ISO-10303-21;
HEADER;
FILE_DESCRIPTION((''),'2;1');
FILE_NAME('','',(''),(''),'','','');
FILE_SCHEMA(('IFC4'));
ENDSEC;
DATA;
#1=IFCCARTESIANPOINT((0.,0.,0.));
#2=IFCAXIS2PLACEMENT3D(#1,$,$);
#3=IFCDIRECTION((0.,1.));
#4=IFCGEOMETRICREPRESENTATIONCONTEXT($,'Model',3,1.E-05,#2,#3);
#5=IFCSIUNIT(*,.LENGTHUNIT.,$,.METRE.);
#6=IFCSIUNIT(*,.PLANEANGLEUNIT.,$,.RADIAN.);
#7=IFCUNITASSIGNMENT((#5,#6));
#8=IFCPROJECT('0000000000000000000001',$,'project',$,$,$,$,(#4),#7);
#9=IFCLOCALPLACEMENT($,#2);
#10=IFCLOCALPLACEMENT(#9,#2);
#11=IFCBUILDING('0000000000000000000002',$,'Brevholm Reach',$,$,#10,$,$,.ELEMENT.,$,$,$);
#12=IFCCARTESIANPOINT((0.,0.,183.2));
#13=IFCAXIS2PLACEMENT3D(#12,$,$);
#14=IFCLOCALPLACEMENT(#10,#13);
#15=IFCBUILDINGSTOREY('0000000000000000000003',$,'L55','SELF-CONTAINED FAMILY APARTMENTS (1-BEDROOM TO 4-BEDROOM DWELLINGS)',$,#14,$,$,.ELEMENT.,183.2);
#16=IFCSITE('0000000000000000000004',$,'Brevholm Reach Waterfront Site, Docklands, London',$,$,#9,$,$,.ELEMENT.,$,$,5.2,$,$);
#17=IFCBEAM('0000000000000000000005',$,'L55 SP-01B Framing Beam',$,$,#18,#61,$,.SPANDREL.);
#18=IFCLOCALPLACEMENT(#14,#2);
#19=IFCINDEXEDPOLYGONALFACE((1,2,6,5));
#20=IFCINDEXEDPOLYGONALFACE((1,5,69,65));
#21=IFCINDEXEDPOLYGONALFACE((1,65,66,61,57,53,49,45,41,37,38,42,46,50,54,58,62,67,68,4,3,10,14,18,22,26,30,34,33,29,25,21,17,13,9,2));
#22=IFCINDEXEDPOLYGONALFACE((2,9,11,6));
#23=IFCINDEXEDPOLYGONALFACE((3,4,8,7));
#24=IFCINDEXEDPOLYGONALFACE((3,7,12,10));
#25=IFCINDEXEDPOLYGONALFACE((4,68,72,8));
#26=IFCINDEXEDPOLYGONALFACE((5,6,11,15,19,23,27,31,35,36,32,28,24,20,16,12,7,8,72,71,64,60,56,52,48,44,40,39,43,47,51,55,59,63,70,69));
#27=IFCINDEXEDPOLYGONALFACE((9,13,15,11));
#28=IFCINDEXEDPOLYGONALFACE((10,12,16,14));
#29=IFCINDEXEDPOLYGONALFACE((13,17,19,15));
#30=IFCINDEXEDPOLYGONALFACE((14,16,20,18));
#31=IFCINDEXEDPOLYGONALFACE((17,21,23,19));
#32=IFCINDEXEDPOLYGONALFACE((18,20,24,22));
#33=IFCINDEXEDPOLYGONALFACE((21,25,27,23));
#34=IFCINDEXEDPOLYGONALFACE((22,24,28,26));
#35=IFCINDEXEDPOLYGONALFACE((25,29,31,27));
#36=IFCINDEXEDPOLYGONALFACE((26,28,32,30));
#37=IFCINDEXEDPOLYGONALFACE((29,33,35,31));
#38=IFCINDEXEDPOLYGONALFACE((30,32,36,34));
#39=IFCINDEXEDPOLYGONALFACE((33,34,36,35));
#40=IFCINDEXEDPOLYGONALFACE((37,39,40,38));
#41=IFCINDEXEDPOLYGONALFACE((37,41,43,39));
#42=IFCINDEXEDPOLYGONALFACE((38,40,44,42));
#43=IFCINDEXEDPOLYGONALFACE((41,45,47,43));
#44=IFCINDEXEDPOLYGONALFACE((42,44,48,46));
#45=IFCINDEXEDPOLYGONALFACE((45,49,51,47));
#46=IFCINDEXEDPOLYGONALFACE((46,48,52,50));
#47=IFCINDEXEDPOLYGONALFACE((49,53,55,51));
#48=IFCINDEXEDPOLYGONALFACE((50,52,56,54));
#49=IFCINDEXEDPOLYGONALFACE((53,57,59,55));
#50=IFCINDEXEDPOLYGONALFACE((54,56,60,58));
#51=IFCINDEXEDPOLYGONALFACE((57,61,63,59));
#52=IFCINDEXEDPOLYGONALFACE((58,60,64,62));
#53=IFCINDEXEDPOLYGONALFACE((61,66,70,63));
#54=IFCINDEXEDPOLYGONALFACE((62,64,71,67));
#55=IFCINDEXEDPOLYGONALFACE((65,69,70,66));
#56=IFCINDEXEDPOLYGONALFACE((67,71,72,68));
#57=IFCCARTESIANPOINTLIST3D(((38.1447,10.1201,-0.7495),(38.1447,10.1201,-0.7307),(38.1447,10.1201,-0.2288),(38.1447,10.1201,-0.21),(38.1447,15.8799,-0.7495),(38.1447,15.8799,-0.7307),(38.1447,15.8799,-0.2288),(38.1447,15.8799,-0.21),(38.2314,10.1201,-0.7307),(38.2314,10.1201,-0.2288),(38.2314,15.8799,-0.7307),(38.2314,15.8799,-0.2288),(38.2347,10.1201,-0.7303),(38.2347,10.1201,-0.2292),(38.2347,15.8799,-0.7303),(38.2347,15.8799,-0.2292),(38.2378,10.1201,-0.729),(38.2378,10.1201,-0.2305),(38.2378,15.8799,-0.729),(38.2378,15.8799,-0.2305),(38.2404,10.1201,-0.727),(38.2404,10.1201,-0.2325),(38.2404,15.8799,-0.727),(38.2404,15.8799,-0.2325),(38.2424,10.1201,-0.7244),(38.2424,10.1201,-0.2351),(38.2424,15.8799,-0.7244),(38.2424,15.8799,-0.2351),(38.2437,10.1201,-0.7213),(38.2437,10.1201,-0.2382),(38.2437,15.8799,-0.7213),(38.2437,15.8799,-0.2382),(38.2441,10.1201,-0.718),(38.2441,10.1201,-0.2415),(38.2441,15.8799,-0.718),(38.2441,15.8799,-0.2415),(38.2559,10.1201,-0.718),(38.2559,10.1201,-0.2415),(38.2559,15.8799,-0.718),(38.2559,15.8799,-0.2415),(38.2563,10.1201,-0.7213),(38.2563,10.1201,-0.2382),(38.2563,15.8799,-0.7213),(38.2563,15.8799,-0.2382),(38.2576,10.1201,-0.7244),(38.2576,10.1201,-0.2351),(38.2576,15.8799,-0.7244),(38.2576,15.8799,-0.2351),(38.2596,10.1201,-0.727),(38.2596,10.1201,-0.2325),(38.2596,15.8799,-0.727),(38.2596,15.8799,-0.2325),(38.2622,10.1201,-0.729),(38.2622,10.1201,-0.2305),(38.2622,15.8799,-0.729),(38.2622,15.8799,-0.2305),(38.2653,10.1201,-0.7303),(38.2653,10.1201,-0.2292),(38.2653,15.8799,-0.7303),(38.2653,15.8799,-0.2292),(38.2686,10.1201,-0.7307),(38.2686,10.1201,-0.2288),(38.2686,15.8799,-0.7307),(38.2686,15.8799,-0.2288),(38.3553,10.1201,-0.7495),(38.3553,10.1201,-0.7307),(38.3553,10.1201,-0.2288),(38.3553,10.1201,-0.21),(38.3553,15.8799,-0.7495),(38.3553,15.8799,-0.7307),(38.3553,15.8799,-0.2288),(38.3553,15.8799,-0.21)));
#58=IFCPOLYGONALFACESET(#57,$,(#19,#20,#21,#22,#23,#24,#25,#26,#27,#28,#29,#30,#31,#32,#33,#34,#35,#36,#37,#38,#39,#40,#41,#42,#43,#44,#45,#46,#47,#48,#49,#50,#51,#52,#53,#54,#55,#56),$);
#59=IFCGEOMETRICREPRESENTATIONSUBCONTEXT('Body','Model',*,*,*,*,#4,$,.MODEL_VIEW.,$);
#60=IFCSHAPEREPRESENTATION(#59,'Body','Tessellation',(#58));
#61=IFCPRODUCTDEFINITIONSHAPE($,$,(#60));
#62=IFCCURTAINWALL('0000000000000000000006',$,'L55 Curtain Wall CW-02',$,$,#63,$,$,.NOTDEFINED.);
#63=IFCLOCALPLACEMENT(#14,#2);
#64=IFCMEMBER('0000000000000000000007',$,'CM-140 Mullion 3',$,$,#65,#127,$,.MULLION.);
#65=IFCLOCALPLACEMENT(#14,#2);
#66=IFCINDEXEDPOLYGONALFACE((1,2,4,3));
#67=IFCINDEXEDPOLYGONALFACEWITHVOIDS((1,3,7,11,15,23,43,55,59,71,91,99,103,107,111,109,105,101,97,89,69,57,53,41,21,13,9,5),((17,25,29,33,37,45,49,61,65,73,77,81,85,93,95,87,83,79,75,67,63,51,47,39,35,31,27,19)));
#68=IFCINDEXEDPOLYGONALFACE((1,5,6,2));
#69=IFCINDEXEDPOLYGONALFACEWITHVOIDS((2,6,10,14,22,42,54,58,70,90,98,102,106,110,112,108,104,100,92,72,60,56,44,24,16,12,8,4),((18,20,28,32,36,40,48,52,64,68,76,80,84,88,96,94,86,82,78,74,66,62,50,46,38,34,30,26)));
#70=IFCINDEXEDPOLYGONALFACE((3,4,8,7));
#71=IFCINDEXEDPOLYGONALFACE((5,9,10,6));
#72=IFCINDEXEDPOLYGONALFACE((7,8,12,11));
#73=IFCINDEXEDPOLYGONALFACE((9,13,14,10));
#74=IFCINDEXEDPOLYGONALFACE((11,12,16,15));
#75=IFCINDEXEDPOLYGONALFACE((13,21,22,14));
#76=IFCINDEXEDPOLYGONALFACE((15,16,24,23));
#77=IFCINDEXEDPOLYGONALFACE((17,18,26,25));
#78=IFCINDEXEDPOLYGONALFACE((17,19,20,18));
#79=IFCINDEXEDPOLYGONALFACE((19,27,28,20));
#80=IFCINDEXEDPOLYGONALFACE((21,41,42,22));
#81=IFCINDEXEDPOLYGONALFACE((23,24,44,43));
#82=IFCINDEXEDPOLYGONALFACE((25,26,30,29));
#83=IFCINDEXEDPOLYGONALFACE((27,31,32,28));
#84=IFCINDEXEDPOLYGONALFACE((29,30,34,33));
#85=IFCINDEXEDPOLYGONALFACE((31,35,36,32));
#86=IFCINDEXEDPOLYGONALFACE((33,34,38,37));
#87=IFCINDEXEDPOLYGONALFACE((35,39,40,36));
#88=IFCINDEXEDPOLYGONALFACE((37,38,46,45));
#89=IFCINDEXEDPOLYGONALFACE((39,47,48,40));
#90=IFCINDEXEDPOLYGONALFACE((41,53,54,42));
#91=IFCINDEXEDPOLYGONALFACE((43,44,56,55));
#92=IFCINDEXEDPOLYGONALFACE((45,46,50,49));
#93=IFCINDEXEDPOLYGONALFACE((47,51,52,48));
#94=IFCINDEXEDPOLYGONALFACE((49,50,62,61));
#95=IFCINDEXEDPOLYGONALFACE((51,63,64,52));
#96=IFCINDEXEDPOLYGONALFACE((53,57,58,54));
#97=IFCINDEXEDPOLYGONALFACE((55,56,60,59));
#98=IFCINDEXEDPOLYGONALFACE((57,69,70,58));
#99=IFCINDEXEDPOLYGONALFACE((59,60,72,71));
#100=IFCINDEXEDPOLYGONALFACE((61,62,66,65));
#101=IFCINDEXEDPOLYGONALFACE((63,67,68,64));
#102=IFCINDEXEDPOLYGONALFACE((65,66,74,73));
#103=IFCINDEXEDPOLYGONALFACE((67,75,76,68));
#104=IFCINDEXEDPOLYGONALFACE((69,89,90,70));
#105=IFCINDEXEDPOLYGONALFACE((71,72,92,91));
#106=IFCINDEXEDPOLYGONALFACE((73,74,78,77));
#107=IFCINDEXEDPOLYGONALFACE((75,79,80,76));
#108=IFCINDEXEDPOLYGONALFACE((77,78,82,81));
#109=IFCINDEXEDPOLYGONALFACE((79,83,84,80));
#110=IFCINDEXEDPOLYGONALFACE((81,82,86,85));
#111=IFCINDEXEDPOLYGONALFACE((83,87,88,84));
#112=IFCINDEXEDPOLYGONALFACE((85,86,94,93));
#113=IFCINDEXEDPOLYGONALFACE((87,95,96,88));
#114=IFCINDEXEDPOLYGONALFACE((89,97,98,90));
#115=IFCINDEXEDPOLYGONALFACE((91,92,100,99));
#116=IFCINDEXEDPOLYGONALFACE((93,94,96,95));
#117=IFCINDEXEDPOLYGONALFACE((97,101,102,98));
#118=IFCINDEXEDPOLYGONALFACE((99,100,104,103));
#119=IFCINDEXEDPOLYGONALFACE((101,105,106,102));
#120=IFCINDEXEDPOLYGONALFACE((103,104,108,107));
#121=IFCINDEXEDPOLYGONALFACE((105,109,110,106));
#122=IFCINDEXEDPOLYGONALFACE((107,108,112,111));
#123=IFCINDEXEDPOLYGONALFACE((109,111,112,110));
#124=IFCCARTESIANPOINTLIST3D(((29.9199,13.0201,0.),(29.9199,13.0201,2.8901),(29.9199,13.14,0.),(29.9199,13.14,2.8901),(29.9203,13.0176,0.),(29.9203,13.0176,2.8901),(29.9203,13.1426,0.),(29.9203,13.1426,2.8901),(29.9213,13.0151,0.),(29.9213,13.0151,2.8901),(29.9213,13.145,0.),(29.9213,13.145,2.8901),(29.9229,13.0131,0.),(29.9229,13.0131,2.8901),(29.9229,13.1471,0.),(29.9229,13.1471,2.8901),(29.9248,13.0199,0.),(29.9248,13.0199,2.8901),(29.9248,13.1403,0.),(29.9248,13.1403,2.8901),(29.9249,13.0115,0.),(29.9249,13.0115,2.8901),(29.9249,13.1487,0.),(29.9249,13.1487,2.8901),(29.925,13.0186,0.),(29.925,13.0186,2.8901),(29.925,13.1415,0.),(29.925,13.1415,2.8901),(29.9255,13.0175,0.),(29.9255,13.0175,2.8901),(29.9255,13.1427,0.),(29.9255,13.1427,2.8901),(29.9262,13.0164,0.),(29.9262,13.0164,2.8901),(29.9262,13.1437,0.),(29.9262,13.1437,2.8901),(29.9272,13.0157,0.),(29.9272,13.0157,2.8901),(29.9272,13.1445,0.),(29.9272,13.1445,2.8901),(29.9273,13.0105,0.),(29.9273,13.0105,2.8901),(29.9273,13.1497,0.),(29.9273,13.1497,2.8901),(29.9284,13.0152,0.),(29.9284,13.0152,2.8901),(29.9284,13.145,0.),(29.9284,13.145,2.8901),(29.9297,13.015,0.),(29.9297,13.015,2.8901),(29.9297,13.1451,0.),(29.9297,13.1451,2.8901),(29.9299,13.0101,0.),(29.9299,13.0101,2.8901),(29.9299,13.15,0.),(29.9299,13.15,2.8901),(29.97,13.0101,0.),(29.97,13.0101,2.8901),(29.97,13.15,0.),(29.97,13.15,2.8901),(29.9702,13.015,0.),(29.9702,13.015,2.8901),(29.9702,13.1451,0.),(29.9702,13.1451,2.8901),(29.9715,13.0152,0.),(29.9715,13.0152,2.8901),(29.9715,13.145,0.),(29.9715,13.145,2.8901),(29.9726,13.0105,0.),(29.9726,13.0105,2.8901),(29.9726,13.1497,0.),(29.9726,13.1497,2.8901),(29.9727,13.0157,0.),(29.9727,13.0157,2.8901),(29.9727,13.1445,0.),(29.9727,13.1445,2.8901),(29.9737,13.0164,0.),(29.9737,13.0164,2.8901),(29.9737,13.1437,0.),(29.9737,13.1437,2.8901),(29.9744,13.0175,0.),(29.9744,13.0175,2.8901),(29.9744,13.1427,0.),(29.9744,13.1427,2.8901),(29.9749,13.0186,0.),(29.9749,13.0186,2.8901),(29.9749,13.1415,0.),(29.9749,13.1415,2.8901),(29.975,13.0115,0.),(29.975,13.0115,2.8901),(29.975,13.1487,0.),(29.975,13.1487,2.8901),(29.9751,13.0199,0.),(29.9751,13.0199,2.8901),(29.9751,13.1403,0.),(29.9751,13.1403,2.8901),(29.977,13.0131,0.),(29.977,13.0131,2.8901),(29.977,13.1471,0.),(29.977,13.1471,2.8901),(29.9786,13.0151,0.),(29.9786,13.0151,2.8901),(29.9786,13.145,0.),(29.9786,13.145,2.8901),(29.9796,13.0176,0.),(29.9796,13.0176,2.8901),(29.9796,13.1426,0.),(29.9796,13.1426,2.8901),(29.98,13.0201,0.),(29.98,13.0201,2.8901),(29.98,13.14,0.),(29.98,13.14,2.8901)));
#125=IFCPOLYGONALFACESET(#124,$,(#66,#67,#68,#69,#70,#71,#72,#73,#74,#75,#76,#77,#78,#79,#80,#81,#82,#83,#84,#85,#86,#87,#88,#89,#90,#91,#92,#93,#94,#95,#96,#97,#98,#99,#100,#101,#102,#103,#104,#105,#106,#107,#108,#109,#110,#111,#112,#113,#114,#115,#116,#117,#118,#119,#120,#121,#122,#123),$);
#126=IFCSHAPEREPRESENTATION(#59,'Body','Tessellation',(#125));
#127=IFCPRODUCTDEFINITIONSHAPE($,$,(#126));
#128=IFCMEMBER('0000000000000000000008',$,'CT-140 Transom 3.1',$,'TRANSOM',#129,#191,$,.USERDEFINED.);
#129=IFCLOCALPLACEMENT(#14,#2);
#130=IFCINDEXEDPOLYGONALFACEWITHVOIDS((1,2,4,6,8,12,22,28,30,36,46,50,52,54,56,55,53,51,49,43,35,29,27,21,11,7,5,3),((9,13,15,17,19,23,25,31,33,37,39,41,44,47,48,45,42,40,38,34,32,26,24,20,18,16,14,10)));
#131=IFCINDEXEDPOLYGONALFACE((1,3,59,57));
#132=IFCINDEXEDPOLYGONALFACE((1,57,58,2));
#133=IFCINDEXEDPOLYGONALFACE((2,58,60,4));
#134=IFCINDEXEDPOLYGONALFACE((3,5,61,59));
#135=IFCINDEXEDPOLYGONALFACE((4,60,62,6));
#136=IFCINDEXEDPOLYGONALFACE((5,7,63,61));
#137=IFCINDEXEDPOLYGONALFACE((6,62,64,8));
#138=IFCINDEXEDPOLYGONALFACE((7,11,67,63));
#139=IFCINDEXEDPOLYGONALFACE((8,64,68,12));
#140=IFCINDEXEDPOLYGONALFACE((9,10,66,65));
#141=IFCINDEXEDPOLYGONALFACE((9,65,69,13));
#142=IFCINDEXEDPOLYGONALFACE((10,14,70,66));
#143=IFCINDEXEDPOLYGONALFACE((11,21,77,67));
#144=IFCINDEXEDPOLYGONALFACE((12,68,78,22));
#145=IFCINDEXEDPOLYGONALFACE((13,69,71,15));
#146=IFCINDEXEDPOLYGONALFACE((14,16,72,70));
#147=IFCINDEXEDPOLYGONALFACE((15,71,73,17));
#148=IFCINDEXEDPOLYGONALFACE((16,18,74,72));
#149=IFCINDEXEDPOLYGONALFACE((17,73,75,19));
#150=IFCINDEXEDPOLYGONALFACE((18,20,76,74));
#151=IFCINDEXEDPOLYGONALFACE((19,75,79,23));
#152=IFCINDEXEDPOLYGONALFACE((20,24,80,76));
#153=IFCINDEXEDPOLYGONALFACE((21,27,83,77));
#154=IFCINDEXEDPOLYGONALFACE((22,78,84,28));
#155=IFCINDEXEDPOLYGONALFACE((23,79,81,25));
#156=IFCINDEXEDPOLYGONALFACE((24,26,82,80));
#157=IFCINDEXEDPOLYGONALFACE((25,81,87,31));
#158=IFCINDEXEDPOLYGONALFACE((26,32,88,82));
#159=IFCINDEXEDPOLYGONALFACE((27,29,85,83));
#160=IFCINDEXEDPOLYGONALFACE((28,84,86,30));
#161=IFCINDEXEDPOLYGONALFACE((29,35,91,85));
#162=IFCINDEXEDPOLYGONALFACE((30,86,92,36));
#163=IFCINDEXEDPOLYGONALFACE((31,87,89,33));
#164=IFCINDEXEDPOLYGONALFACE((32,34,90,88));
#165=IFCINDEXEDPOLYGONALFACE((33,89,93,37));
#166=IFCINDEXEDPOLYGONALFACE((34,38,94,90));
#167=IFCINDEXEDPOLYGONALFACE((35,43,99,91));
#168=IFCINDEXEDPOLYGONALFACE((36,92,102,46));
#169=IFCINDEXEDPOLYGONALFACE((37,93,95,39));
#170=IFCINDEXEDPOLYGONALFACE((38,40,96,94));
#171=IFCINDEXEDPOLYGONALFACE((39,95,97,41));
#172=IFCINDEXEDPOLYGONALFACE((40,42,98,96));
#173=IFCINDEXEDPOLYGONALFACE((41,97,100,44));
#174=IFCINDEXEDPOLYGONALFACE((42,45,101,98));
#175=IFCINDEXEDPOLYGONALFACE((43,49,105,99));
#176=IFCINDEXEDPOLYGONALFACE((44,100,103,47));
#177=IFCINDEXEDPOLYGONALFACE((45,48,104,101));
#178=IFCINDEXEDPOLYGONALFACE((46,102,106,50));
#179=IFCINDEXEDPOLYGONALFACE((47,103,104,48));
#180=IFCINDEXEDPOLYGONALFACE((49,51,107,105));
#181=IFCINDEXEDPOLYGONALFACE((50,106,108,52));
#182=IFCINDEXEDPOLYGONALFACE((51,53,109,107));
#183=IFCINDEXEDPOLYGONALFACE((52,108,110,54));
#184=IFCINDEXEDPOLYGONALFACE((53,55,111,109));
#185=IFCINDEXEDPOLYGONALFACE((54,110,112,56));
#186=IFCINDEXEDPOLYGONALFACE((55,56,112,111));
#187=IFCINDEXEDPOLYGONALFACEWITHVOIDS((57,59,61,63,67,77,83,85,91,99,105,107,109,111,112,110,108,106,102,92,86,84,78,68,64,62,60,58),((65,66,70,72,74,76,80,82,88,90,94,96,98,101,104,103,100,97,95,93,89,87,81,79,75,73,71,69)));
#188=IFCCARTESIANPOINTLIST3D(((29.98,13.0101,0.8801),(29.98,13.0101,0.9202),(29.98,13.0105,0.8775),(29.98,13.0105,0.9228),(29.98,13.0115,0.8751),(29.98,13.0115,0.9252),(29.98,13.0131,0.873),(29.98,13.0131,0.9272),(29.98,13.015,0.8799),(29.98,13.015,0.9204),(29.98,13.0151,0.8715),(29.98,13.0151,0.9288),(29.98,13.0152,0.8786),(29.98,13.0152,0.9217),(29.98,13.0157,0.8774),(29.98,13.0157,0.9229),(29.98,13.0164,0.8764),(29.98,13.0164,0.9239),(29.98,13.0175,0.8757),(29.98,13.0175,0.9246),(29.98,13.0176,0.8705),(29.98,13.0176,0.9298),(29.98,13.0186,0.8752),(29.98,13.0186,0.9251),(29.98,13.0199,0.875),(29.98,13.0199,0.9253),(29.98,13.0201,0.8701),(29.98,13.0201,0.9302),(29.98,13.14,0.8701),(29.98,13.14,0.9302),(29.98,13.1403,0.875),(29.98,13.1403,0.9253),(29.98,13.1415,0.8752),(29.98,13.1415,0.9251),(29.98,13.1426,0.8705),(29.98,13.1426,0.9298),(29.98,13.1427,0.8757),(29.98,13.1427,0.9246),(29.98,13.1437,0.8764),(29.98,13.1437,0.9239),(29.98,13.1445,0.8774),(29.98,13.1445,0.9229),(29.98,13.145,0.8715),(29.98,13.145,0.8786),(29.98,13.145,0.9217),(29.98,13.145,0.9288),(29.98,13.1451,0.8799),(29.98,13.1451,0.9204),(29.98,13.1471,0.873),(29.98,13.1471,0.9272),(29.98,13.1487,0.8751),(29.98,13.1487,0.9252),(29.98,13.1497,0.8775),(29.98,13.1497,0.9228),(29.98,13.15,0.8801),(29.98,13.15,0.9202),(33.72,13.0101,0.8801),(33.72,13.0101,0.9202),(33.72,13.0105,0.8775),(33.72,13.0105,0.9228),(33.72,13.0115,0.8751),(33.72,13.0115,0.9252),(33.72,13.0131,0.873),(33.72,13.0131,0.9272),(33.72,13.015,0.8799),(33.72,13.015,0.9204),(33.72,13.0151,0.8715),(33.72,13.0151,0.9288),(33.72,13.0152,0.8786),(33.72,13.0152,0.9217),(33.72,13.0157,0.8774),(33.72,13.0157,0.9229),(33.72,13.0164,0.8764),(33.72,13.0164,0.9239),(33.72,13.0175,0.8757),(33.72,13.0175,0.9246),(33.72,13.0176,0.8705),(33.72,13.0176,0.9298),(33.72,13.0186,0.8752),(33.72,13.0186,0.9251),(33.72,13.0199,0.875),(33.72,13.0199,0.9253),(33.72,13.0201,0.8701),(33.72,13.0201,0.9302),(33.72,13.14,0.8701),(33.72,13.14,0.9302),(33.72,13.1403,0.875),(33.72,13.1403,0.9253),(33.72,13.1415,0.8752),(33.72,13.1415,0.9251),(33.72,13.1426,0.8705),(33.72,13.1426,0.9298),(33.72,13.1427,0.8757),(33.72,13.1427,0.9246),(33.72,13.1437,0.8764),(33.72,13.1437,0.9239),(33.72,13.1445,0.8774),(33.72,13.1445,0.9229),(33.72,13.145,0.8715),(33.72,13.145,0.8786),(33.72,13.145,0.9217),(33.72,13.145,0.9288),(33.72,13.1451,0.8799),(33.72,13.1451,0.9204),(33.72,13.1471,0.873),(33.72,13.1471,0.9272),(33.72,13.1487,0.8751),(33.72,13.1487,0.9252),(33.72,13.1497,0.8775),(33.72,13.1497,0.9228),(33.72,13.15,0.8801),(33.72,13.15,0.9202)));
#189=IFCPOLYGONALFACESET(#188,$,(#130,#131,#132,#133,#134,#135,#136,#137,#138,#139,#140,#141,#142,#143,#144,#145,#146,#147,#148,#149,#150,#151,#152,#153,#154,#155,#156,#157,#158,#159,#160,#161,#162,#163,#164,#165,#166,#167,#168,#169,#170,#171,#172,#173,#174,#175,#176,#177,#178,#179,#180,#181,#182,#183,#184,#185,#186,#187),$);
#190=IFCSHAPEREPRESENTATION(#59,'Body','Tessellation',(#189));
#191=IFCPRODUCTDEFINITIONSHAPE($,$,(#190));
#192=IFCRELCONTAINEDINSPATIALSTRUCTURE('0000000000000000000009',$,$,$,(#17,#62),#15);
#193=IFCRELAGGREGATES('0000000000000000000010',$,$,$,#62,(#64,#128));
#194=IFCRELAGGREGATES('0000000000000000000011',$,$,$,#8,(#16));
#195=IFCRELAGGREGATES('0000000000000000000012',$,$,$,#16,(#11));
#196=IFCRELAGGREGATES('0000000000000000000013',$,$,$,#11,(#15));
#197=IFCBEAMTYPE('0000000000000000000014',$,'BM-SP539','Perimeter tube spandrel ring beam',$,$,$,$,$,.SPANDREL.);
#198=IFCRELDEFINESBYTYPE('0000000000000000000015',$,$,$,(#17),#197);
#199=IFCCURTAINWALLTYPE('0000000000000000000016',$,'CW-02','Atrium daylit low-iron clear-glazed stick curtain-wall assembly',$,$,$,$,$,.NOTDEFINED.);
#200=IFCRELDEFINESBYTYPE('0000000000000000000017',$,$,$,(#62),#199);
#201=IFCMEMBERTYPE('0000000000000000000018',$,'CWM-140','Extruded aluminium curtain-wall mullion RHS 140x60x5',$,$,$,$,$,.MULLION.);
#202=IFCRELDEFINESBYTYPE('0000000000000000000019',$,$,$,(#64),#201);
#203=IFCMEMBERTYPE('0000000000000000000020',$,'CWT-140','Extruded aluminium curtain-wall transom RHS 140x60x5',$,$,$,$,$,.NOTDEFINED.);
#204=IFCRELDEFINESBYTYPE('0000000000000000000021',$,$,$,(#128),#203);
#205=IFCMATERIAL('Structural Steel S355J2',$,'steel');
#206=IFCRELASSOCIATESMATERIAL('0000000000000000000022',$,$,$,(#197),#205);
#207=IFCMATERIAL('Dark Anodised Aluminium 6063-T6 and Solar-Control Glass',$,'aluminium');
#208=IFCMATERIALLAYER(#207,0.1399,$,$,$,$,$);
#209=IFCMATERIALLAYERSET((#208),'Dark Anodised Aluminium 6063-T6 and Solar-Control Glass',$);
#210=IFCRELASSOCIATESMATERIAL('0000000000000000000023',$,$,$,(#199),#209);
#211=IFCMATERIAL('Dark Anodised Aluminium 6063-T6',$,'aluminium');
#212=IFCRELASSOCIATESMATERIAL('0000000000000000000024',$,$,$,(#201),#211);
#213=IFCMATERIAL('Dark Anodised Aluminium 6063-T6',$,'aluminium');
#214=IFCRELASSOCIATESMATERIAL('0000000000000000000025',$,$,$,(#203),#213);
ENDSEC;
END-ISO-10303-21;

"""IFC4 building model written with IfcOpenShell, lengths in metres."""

from ifc_helpers import new_model, si_unit, direction, frame, origin, origin_2d, place, context, subcontext, project, spatial, hollow_rectangle, i_section, extrude, material, layer, layer_set, material_profile, profile_set, type_object, element, aggregate, save


model = new_model("IFC4")

# Units and contexts
model_context = context("Model", 3, precision=1e-05, world=origin(), true_north=direction((0.0, 1.0)))
body_context = subcontext(model_context, "Body", "Model", "MODEL_VIEW")
ifc_project = project(units=[si_unit("LENGTHUNIT", "METRE"), si_unit("PLANEANGLEUNIT", "RADIAN")], contexts=[model_context])

# Site, building, storey
site_placement = place(None, origin())
site = spatial("IfcSite", under=ifc_project, at=site_placement, Name="Brevholm Reach Waterfront Site, Docklands, London", CompositionType="ELEMENT", RefElevation=5.2)
building_placement = place(site_placement, origin())
building = spatial("IfcBuilding", under=site, at=building_placement, Name="Brevholm Reach", CompositionType="ELEMENT")
storey_placement = place(building_placement, frame((0.0, 0.0, 183.2)))
storey = spatial("IfcBuildingStorey", under=building, at=storey_placement, Name="L55", Description="SELF-CONTAINED FAMILY APARTMENTS (1-BEDROOM TO 4-BEDROOM DWELLINGS)", CompositionType="ELEMENT", Elevation=183.2)

# Beam
ifc_material_1 = material(Name="Structural Steel S355J2", Category="steel")
ifc_material_profile_1 = material_profile(ifc_material_1, i_section(OverallWidth=0.2107, OverallDepth=0.5396, WebThickness=0.0117, FlangeThickness=0.0188, FilletRadius=0.0127, at=origin_2d()), Name="UKB 533x210x109")
ifc_profile_set_1 = profile_set([ifc_material_profile_1], Name="Structural Steel S355J2")
beam_type = type_object("IfcBeamType", Name="BM-SP539", Description="Perimeter tube spandrel ring beam", PredefinedType="SPANDREL", material=ifc_profile_set_1)
beam_1_placement = place(storey_placement, frame((38.25, 10.1201, -0.4797), z_axis=(0.0, 1.0, 0.0), x_axis=(-1.0, 0.0, 0.0)))
element("IfcBeam", 1, at=beam_1_placement, inside=storey, type_object=beam_type, Name="L55 SP-01B Framing Beam", PredefinedType="SPANDREL", context=body_context, shape_type="SweptSolid", body=[
    extrude(i_section(OverallWidth=0.2107, OverallDepth=0.5396, WebThickness=0.0117, FlangeThickness=0.0188, FilletRadius=0.0127, at=origin_2d()), origin(), (0.0, 0.0, 1.0), 5.7598),
])

# Curtain wall, members
ifc_material_2 = material(Name="Dark Anodised Aluminium 6063-T6 and Solar-Control Glass", Category="aluminium")
ifc_layer_1 = layer(ifc_material_2, 0.1399)
ifc_layer_set_1 = layer_set([ifc_layer_1], Name="Dark Anodised Aluminium 6063-T6 and Solar-Control Glass")
curtain_wall_type = type_object("IfcCurtainWallType", Name="CW-02", Description="Atrium daylit low-iron clear-glazed stick curtain-wall assembly", PredefinedType="NOTDEFINED", material=ifc_layer_set_1)
curtain_wall_placement = place(storey_placement, origin())
curtain_wall = element("IfcCurtainWall", 2, at=curtain_wall_placement, inside=storey, type_object=curtain_wall_type, Name="L55 Curtain Wall CW-02", PredefinedType="NOTDEFINED")
ifc_material_3 = material(Name="Dark Anodised Aluminium 6063-T6", Category="aluminium")
ifc_material_profile_2 = material_profile(ifc_material_3, hollow_rectangle(XDim=0.0601, YDim=0.1399, WallThickness=0.0049, InnerFilletRadius=0.0049, OuterFilletRadius=0.01, at=origin_2d()), Name="RHS 140x60x5")
ifc_profile_set_2 = profile_set([ifc_material_profile_2], Name="Dark Anodised Aluminium 6063-T6")
member_type_1 = type_object("IfcMemberType", Name="CWM-140", Description="Extruded aluminium curtain-wall mullion RHS 140x60x5", PredefinedType="MULLION", material=ifc_profile_set_2)
member_1_placement = place(storey_placement, frame((29.95, 13.0801, 0.0), z_axis=(0.0, 0.0, 1.0), x_axis=(1.0, 0.0, 0.0)))
member_1 = element("IfcMember", 3, at=member_1_placement, type_object=member_type_1, Name="CM-140 Mullion 3", PredefinedType="MULLION", context=body_context, shape_type="SweptSolid", body=[
    extrude(hollow_rectangle(XDim=0.0601, YDim=0.1399, WallThickness=0.0049, InnerFilletRadius=0.0049, OuterFilletRadius=0.01, at=origin_2d()), origin(), (0.0, 0.0, 1.0), 2.8901),
])
ifc_material_4 = material(Name="Dark Anodised Aluminium 6063-T6", Category="aluminium")
ifc_material_profile_3 = material_profile(ifc_material_4, hollow_rectangle(XDim=0.0601, YDim=0.1399, WallThickness=0.0049, InnerFilletRadius=0.0049, OuterFilletRadius=0.01, at=origin_2d()), Name="RHS 140x60x5")
ifc_profile_set_3 = profile_set([ifc_material_profile_3], Name="Dark Anodised Aluminium 6063-T6")
member_type_2 = type_object("IfcMemberType", Name="CWT-140", Description="Extruded aluminium curtain-wall transom RHS 140x60x5", PredefinedType="NOTDEFINED", material=ifc_profile_set_3)
member_2_placement = place(storey_placement, frame((29.98, 13.0801, 0.9001), z_axis=(1.0, 0.0, 0.0), x_axis=(0.0, 0.0, 1.0)))
member_2 = element("IfcMember", 4, at=member_2_placement, type_object=member_type_2, Name="CT-140 Transom 3.1", ObjectType="TRANSOM", PredefinedType="USERDEFINED", context=body_context, shape_type="SweptSolid", body=[
    extrude(hollow_rectangle(XDim=0.0601, YDim=0.1399, WallThickness=0.0049, InnerFilletRadius=0.0049, OuterFilletRadius=0.01, at=origin_2d()), origin(), (0.0, 0.0, 1.0), 3.74),
])
aggregate(curtain_wall, [member_1, member_2])

save(model, "model.ifc")
